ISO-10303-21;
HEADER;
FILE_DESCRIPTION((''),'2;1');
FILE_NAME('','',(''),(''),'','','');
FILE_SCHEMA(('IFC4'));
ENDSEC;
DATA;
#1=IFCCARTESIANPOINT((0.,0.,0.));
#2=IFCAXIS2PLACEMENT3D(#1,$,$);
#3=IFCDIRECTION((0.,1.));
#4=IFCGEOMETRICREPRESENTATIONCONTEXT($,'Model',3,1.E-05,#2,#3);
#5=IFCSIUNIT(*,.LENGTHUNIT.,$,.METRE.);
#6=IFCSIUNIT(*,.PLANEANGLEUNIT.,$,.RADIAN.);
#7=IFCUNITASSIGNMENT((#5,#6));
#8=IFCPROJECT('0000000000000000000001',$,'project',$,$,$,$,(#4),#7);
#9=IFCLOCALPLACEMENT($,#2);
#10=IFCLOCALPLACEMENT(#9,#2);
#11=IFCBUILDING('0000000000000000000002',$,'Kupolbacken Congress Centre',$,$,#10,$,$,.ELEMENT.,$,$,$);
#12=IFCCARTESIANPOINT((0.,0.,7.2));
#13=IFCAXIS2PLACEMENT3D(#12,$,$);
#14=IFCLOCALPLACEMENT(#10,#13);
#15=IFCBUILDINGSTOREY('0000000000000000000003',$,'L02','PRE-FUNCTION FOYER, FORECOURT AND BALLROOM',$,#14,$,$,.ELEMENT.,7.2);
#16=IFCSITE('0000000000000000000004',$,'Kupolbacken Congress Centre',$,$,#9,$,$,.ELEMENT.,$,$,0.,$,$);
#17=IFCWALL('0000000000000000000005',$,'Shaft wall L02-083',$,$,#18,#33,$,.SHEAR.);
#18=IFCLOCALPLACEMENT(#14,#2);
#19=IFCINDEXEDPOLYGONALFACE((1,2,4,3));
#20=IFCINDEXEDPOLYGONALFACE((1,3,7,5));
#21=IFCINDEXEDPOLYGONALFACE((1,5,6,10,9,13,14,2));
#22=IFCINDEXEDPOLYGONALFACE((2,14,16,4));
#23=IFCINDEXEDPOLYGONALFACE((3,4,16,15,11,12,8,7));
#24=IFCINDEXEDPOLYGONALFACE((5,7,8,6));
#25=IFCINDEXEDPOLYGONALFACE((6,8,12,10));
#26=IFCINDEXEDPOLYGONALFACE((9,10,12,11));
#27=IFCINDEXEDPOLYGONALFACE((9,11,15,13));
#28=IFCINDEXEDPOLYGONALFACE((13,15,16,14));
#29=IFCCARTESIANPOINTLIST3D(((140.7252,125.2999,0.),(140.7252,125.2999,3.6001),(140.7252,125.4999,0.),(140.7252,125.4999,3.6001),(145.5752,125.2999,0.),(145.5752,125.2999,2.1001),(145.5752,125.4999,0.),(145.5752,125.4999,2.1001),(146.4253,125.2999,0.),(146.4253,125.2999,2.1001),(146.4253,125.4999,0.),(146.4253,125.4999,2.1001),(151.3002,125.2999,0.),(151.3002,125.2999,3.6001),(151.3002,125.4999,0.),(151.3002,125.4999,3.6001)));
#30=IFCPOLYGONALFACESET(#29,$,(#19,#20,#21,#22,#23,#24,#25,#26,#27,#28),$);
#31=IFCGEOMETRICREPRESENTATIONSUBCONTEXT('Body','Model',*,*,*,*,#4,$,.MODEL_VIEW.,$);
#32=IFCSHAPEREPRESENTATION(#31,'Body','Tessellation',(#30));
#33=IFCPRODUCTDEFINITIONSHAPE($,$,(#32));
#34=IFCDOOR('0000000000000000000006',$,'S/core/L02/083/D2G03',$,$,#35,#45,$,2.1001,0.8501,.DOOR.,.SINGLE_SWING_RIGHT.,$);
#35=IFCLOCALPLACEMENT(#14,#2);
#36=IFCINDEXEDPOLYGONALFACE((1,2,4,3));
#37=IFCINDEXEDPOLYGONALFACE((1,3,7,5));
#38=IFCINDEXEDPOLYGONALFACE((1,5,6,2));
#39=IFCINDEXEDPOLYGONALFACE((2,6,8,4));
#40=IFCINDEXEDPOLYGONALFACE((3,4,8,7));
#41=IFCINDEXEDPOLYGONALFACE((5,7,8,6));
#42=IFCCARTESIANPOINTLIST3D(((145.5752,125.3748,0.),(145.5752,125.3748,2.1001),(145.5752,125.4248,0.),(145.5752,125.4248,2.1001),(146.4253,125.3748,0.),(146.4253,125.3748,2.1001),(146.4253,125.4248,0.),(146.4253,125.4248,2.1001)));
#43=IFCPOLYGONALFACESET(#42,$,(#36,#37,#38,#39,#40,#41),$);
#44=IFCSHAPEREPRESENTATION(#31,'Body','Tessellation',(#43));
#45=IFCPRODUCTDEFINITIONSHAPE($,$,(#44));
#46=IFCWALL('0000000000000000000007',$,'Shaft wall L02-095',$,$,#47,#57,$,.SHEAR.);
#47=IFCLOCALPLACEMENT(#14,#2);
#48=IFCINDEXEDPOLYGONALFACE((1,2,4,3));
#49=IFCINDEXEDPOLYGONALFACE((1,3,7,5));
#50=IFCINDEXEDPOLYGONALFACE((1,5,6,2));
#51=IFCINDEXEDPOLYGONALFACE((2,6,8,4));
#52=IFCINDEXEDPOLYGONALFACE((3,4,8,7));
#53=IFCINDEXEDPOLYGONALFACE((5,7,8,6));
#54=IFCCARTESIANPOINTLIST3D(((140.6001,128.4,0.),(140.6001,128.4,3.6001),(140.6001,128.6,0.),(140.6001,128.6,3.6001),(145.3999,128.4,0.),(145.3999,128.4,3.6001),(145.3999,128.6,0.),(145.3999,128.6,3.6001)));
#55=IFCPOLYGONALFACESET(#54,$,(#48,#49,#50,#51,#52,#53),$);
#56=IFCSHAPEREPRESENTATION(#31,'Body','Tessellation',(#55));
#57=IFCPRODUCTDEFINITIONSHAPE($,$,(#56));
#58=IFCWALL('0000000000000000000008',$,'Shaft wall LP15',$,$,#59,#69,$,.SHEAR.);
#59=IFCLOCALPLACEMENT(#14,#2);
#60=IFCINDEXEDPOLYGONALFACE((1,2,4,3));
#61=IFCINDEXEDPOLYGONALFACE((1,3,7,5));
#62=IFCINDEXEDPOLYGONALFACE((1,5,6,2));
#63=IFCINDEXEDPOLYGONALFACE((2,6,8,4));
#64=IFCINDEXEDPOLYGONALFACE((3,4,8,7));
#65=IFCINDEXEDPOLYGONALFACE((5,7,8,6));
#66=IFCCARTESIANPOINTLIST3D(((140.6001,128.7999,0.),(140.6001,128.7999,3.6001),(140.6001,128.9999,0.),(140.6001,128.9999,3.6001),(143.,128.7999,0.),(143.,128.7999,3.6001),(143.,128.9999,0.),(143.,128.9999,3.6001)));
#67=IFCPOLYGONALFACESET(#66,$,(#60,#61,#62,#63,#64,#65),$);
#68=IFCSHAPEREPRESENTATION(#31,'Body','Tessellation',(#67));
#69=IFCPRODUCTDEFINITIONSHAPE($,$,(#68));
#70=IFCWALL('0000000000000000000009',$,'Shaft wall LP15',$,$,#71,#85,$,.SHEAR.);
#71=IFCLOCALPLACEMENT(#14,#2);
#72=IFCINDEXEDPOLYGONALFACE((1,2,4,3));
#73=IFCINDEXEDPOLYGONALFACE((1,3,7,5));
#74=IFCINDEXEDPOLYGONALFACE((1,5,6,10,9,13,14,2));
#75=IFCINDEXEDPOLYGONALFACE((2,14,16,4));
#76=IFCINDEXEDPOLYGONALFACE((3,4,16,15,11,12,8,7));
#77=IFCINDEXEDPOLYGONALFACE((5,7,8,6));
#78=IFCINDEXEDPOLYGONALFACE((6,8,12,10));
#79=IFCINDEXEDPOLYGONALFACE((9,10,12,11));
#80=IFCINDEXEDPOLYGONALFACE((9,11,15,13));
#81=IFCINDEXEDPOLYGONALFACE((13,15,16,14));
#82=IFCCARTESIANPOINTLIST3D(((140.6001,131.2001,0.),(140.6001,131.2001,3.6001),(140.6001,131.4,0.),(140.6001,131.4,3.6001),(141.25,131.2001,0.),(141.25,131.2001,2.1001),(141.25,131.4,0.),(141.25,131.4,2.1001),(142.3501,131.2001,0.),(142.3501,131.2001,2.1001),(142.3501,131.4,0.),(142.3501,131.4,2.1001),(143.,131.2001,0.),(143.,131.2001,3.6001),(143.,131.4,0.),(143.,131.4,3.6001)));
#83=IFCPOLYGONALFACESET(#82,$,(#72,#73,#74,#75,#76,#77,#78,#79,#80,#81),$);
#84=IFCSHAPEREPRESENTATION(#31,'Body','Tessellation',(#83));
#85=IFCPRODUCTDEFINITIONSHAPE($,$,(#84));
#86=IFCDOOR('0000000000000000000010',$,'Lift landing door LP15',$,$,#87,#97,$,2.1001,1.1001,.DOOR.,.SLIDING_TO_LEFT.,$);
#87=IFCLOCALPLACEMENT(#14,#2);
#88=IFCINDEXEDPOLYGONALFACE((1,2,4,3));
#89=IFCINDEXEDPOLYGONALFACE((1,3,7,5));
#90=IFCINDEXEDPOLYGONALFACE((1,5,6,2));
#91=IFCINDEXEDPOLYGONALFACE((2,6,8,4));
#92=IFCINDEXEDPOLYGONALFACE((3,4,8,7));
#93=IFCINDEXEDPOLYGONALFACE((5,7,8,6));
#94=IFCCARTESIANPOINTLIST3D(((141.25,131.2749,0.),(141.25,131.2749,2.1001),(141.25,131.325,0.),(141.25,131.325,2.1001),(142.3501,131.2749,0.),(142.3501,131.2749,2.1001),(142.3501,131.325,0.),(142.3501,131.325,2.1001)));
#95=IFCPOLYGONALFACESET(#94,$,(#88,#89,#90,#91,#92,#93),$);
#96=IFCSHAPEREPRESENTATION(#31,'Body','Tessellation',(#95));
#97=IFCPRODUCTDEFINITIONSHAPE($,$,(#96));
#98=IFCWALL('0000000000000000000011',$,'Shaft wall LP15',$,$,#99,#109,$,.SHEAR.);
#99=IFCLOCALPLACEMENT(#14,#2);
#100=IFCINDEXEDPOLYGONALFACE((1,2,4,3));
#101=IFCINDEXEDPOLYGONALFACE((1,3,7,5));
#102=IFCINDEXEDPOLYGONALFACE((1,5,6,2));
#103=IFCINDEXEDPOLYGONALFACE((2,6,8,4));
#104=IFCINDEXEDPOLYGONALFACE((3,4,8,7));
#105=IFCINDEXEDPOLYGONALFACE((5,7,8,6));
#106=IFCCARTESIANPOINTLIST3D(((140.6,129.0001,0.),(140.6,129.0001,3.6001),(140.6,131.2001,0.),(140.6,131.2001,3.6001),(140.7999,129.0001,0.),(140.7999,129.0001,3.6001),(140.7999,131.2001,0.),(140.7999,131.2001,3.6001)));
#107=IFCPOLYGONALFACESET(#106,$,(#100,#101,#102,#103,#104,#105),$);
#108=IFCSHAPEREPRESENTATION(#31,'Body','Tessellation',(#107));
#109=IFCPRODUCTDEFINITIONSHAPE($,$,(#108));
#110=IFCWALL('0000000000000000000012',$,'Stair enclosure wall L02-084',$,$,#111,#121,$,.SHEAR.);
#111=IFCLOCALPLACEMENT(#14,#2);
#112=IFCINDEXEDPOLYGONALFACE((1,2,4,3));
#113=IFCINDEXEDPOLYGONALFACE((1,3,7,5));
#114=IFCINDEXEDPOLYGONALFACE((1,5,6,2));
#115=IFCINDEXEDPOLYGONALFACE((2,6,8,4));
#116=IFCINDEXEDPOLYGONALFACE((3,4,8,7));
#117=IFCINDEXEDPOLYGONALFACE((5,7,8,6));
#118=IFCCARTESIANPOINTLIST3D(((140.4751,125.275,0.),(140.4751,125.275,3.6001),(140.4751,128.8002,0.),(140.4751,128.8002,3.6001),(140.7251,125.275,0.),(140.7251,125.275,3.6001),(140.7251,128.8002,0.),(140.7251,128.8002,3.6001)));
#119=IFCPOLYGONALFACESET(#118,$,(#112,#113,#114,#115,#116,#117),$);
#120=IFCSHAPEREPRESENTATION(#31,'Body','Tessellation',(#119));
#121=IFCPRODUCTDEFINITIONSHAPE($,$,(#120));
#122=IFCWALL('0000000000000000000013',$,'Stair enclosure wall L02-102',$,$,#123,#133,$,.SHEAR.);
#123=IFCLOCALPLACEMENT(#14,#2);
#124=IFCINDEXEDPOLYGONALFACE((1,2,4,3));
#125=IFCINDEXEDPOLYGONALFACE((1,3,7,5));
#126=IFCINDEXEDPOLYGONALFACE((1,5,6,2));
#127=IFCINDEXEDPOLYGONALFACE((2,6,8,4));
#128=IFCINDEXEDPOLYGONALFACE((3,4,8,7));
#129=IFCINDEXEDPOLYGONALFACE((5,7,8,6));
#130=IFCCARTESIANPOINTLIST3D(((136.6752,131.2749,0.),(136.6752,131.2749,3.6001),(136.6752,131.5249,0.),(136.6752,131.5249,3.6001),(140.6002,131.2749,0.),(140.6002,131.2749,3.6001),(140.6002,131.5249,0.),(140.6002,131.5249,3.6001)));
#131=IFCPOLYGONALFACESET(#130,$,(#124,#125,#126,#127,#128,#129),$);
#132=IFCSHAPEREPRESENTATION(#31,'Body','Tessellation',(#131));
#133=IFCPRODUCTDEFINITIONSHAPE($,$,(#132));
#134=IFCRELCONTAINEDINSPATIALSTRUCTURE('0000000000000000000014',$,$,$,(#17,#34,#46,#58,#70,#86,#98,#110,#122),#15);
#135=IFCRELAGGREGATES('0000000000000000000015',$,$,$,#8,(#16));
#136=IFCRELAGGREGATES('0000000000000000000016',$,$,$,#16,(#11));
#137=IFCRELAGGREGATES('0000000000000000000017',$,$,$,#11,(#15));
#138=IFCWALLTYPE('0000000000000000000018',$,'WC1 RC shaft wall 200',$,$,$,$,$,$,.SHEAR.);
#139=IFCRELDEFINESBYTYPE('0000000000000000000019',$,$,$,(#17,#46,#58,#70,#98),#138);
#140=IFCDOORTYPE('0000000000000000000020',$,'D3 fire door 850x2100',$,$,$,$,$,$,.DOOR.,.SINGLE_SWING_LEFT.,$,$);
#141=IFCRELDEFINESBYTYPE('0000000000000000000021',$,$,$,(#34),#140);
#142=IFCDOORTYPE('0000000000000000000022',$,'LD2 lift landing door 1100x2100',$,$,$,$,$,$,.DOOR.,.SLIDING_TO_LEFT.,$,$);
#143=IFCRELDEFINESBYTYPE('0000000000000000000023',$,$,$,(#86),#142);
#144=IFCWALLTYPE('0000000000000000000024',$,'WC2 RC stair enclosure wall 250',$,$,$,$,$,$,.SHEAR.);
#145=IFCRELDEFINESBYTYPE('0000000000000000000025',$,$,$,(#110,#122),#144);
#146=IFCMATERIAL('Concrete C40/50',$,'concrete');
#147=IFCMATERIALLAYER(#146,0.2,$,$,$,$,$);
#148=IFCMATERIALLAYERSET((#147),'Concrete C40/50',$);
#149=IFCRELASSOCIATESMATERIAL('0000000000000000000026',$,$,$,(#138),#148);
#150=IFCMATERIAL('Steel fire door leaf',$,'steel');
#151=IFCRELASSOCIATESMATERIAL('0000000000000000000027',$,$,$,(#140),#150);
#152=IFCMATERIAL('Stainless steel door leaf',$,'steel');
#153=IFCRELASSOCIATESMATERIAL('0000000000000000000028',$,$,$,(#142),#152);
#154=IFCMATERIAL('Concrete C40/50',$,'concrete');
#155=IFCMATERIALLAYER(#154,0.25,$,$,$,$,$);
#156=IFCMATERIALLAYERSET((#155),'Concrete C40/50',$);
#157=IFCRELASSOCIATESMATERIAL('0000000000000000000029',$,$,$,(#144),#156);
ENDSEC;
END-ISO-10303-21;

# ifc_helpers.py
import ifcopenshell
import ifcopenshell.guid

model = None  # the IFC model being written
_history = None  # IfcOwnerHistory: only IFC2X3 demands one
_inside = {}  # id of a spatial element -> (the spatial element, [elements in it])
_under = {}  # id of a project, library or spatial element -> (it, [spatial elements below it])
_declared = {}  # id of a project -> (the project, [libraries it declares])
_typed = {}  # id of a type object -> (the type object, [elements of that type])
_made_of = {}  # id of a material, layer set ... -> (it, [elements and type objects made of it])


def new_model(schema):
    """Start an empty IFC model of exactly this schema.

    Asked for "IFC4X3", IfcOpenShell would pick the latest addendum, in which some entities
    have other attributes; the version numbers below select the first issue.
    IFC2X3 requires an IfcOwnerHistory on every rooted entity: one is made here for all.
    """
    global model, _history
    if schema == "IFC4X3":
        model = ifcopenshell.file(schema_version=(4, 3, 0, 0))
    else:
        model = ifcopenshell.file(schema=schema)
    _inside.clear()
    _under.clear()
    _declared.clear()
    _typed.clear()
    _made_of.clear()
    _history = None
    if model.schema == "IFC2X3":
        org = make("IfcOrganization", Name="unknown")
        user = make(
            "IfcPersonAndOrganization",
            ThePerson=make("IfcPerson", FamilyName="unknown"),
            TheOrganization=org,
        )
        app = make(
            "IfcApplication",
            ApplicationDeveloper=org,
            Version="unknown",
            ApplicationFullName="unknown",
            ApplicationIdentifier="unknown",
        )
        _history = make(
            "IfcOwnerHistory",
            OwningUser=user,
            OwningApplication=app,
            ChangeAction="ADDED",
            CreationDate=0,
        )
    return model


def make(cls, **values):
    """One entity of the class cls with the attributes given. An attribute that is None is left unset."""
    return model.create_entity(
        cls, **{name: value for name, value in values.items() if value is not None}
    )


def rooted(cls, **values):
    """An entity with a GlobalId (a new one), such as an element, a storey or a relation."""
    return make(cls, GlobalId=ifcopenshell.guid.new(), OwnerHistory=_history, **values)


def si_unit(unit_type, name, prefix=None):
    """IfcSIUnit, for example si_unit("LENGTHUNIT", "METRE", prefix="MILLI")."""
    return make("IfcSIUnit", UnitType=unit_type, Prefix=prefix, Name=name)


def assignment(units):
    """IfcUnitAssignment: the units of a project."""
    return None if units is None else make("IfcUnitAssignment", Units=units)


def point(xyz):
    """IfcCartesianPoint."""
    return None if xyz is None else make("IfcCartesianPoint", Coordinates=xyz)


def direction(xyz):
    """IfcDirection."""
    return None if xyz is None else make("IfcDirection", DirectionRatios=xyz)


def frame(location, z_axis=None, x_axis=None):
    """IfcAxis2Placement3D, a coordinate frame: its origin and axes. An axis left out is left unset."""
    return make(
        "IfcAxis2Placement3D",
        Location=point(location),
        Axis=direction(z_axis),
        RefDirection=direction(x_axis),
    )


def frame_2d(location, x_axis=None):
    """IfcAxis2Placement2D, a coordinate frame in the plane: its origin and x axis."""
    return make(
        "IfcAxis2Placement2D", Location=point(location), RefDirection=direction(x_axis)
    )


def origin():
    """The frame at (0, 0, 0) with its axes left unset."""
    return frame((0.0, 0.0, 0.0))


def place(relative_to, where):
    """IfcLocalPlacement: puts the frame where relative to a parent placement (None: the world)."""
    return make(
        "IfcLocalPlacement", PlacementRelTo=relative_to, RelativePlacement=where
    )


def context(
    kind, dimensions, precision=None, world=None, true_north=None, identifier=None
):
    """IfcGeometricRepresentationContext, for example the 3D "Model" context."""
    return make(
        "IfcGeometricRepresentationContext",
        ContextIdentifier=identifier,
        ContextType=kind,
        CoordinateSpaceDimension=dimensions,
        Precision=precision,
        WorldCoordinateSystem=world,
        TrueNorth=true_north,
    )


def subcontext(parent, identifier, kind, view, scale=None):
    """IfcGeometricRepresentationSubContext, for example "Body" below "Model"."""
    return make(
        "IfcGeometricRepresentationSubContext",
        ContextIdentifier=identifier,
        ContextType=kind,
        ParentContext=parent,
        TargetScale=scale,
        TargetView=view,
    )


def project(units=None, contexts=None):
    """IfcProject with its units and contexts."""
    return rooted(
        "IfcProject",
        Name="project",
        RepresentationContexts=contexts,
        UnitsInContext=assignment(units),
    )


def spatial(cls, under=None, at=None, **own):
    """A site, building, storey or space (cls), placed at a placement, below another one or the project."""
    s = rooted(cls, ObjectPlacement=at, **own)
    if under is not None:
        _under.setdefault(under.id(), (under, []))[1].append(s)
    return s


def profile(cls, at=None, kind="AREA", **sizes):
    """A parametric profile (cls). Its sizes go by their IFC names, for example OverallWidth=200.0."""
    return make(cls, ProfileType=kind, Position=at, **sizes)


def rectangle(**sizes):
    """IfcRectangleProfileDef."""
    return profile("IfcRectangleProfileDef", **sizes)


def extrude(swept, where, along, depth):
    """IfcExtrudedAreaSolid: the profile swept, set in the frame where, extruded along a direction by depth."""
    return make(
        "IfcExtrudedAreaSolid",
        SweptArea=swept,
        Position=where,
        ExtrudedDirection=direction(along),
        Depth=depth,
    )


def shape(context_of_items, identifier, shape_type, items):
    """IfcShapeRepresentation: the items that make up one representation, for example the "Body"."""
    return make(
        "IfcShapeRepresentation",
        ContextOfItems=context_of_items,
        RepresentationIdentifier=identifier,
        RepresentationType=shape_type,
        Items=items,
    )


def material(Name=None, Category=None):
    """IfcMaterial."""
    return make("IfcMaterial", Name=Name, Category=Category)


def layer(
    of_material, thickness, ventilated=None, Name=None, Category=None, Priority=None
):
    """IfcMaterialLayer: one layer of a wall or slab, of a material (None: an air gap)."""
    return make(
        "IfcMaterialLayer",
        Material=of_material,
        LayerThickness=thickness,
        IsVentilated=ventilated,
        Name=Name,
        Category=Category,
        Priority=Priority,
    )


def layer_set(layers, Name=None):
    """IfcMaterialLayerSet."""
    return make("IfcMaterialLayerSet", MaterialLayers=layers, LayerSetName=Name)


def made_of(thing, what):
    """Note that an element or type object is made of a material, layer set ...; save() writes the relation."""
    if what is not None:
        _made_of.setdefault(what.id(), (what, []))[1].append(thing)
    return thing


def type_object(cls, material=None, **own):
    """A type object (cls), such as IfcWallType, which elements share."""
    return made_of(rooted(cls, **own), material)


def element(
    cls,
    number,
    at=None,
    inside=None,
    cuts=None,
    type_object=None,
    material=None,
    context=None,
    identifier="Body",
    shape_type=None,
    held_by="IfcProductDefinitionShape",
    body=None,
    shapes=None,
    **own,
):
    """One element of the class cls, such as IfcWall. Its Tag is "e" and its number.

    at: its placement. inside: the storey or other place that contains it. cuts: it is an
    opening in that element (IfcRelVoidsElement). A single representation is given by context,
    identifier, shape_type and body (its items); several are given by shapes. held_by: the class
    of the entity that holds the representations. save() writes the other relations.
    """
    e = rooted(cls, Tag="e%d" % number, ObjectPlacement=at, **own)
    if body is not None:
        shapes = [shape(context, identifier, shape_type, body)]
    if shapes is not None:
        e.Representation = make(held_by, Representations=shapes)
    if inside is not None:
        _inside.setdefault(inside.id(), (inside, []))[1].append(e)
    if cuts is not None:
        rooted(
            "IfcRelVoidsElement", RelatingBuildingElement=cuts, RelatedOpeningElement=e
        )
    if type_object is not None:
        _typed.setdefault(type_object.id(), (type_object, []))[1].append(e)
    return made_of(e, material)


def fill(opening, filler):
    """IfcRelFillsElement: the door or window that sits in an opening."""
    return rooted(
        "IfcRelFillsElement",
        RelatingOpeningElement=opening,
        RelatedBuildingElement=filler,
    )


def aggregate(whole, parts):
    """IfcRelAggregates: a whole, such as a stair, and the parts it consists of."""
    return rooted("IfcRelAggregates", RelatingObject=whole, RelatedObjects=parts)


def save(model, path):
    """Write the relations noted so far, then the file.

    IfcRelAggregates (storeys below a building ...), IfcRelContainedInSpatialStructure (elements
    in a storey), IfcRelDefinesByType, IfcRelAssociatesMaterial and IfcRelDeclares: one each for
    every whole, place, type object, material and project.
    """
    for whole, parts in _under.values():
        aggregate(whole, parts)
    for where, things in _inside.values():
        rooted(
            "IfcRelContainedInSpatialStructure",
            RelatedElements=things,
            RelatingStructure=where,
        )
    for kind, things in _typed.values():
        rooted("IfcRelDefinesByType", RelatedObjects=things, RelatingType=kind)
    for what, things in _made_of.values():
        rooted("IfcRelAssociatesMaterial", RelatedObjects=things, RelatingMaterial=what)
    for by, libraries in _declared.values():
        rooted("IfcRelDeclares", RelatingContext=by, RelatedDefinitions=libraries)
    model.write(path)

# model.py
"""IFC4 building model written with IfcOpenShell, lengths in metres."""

from ifc_helpers import new_model, si_unit, direction, frame, frame_2d, origin, place, context, subcontext, project, spatial, rectangle, extrude, material, layer, layer_set, type_object, element, fill, save


model = new_model("IFC4")

# Units and contexts
model_context = context("Model", 3, precision=1e-05, world=origin(), true_north=direction((0.0, 1.0)))
body_context = subcontext(model_context, "Body", "Model", "MODEL_VIEW")
ifc_project = project(units=[si_unit("LENGTHUNIT", "METRE"), si_unit("PLANEANGLEUNIT", "RADIAN")], contexts=[model_context])

# Site, building, storey
site_placement = place(None, origin())
site = spatial("IfcSite", under=ifc_project, at=site_placement, Name="Kupolbacken Congress Centre", CompositionType="ELEMENT", RefElevation=0.0)
building_placement = place(site_placement, origin())
building = spatial("IfcBuilding", under=site, at=building_placement, Name="Kupolbacken Congress Centre", CompositionType="ELEMENT")
storey_placement = place(building_placement, frame((0.0, 0.0, 7.2)))
storey = spatial("IfcBuildingStorey", under=building, at=storey_placement, Name="L02", Description="PRE-FUNCTION FOYER, FORECOURT AND BALLROOM", CompositionType="ELEMENT", Elevation=7.2)

# Wall, opening, door
ifc_material_1 = material(Name="Concrete C40/50", Category="concrete")
ifc_layer_1 = layer(ifc_material_1, 0.2)
ifc_layer_set_1 = layer_set([ifc_layer_1], Name="Concrete C40/50")
wall_type_1 = type_object("IfcWallType", Name="WC1 RC shaft wall 200", PredefinedType="SHEAR", material=ifc_layer_set_1)
wall_1_placement = place(storey_placement, frame((140.7251, 125.3999, 0.0), z_axis=(0.0, 0.0, 1.0), x_axis=(1.0, 0.0, 0.0)))
wall_1 = element("IfcWall", 1, at=wall_1_placement, inside=storey, type_object=wall_type_1, Name="Shaft wall L02-083", PredefinedType="SHEAR", context=body_context, shape_type="SweptSolid", body=[
    extrude(rectangle(XDim=10.575, YDim=0.2, at=frame_2d((5.2876, 0.0))), origin(), (0.0, 0.0, 1.0), 3.6001),
])
opening_1_placement = place(wall_1_placement, frame((4.8501, 0.0, 0.0)))
opening_1 = element("IfcOpeningElement", 2, at=opening_1_placement, cuts=wall_1, PredefinedType="OPENING", context=body_context, shape_type="SweptSolid", body=[
    extrude(rectangle(XDim=0.8501, YDim=2.1001, at=frame_2d((0.425, 1.05))), frame((0.0, 0.1099, 0.0), z_axis=(0.0, -1.0, 0.0), x_axis=(1.0, 0.0, 0.0)), (0.0, 0.0, 1.0), 0.22),
])
ifc_material_2 = material(Name="Steel fire door leaf", Category="steel")
door_type_1 = type_object("IfcDoorType", Name="D3 fire door 850x2100", OperationType="SINGLE_SWING_LEFT", PredefinedType="DOOR", material=ifc_material_2)
door_1_placement = place(opening_1_placement, origin())
door_1 = element("IfcDoor", 3, at=door_1_placement, inside=storey, type_object=door_type_1, Name="S/core/L02/083/D2G03", OperationType="SINGLE_SWING_RIGHT", OverallHeight=2.1001, OverallWidth=0.8501, PredefinedType="DOOR", context=body_context, shape_type="SweptSolid", body=[
    extrude(rectangle(XDim=0.8501, YDim=2.1001, at=frame_2d((0.425, 1.05))), frame((0.0, 0.0249, 0.0), z_axis=(0.0, -1.0, 0.0), x_axis=(1.0, 0.0, 0.0)), (0.0, 0.0, 1.0), 0.05),
])
fill(opening_1, door_1)

# Walls
wall_2_placement = place(storey_placement, frame((140.6001, 128.5, 0.0), z_axis=(0.0, 0.0, 1.0), x_axis=(1.0, 0.0, 0.0)))
element("IfcWall", 4, at=wall_2_placement, inside=storey, type_object=wall_type_1, Name="Shaft wall L02-095", PredefinedType="SHEAR", context=body_context, shape_type="SweptSolid", body=[
    extrude(rectangle(XDim=4.7998, YDim=0.2, at=frame_2d((2.3999, 0.0))), origin(), (0.0, 0.0, 1.0), 3.6001),
])
wall_3_placement = place(storey_placement, frame((140.6001, 128.8999, 0.0), z_axis=(0.0, 0.0, 1.0), x_axis=(1.0, 0.0, 0.0)))
element("IfcWall", 5, at=wall_3_placement, inside=storey, type_object=wall_type_1, Name="Shaft wall LP15", PredefinedType="SHEAR", context=body_context, shape_type="SweptSolid", body=[
    extrude(rectangle(XDim=2.3999, YDim=0.2, at=frame_2d((1.2, 0.0))), origin(), (0.0, 0.0, 1.0), 3.6001),
])

# Wall, opening, door
wall_4_placement = place(storey_placement, frame((140.6001, 131.3, 0.0), z_axis=(0.0, 0.0, 1.0), x_axis=(1.0, 0.0, 0.0)))
wall_4 = element("IfcWall", 6, at=wall_4_placement, inside=storey, type_object=wall_type_1, Name="Shaft wall LP15", PredefinedType="SHEAR", context=body_context, shape_type="SweptSolid", body=[
    extrude(rectangle(XDim=2.3999, YDim=0.2, at=frame_2d((1.2, 0.0))), origin(), (0.0, 0.0, 1.0), 3.6001),
])
opening_2_placement = place(wall_4_placement, frame((0.6499, 0.0, 0.0)))
opening_2 = element("IfcOpeningElement", 7, at=opening_2_placement, cuts=wall_4, PredefinedType="OPENING", context=body_context, shape_type="SweptSolid", body=[
    extrude(rectangle(XDim=1.1001, YDim=2.1001, at=frame_2d((0.55, 1.05))), frame((0.0, 0.1099, 0.0), z_axis=(0.0, -1.0, 0.0), x_axis=(1.0, 0.0, 0.0)), (0.0, 0.0, 1.0), 0.22),
])
ifc_material_3 = material(Name="Stainless steel door leaf", Category="steel")
door_type_2 = type_object("IfcDoorType", Name="LD2 lift landing door 1100x2100", OperationType="SLIDING_TO_LEFT", PredefinedType="DOOR", material=ifc_material_3)
door_2_placement = place(opening_2_placement, origin())
door_2 = element("IfcDoor", 8, at=door_2_placement, inside=storey, type_object=door_type_2, Name="Lift landing door LP15", OperationType="SLIDING_TO_LEFT", OverallHeight=2.1001, OverallWidth=1.1001, PredefinedType="DOOR", context=body_context, shape_type="SweptSolid", body=[
    extrude(rectangle(XDim=1.1001, YDim=2.1001, at=frame_2d((0.55, 1.05))), frame((0.0, 0.0249, 0.0), z_axis=(0.0, -1.0, 0.0), x_axis=(1.0, 0.0, 0.0)), (0.0, 0.0, 1.0), 0.05),
])
fill(opening_2, door_2)

# Walls
wall_5_placement = place(storey_placement, frame((140.7, 129.0, 0.0), z_axis=(0.0, 0.0, 1.0), x_axis=(0.0, 1.0, 0.0)))
element("IfcWall", 9, at=wall_5_placement, inside=storey, type_object=wall_type_1, Name="Shaft wall LP15", PredefinedType="SHEAR", context=body_context, shape_type="SweptSolid", body=[
    extrude(rectangle(XDim=2.2, YDim=0.2, at=frame_2d((1.1001, 0.0))), origin(), (0.0, 0.0, 1.0), 3.6001),
])
ifc_material_4 = material(Name="Concrete C40/50", Category="concrete")
ifc_layer_2 = layer(ifc_material_4, 0.25)
ifc_layer_set_2 = layer_set([ifc_layer_2], Name="Concrete C40/50")
wall_type_2 = type_object("IfcWallType", Name="WC2 RC stair enclosure wall 250", PredefinedType="SHEAR", material=ifc_layer_set_2)
wall_6_placement = place(storey_placement, frame((140.6001, 125.2749, 0.0), z_axis=(0.0, 0.0, 1.0), x_axis=(0.0, 1.0, 0.0)))
element("IfcWall", 10, at=wall_6_placement, inside=storey, type_object=wall_type_2, Name="Stair enclosure wall L02-084", PredefinedType="SHEAR", context=body_context, shape_type="SweptSolid", body=[
    extrude(rectangle(XDim=3.5251, YDim=0.25, at=frame_2d((1.7627, 0.0))), origin(), (0.0, 0.0, 1.0), 3.6001),
])
wall_7_placement = place(storey_placement, frame((140.6001, 131.3999, 0.0), z_axis=(0.0, 0.0, 1.0), x_axis=(-1.0, 0.0, 0.0)))
element("IfcWall", 11, at=wall_7_placement, inside=storey, type_object=wall_type_2, Name="Stair enclosure wall L02-102", PredefinedType="SHEAR", context=body_context, shape_type="SweptSolid", body=[
    extrude(rectangle(XDim=3.925, YDim=0.25, at=frame_2d((1.9624, 0.0))), origin(), (0.0, 0.0, 1.0), 3.6001),
])

save(model, "model.ifc")
